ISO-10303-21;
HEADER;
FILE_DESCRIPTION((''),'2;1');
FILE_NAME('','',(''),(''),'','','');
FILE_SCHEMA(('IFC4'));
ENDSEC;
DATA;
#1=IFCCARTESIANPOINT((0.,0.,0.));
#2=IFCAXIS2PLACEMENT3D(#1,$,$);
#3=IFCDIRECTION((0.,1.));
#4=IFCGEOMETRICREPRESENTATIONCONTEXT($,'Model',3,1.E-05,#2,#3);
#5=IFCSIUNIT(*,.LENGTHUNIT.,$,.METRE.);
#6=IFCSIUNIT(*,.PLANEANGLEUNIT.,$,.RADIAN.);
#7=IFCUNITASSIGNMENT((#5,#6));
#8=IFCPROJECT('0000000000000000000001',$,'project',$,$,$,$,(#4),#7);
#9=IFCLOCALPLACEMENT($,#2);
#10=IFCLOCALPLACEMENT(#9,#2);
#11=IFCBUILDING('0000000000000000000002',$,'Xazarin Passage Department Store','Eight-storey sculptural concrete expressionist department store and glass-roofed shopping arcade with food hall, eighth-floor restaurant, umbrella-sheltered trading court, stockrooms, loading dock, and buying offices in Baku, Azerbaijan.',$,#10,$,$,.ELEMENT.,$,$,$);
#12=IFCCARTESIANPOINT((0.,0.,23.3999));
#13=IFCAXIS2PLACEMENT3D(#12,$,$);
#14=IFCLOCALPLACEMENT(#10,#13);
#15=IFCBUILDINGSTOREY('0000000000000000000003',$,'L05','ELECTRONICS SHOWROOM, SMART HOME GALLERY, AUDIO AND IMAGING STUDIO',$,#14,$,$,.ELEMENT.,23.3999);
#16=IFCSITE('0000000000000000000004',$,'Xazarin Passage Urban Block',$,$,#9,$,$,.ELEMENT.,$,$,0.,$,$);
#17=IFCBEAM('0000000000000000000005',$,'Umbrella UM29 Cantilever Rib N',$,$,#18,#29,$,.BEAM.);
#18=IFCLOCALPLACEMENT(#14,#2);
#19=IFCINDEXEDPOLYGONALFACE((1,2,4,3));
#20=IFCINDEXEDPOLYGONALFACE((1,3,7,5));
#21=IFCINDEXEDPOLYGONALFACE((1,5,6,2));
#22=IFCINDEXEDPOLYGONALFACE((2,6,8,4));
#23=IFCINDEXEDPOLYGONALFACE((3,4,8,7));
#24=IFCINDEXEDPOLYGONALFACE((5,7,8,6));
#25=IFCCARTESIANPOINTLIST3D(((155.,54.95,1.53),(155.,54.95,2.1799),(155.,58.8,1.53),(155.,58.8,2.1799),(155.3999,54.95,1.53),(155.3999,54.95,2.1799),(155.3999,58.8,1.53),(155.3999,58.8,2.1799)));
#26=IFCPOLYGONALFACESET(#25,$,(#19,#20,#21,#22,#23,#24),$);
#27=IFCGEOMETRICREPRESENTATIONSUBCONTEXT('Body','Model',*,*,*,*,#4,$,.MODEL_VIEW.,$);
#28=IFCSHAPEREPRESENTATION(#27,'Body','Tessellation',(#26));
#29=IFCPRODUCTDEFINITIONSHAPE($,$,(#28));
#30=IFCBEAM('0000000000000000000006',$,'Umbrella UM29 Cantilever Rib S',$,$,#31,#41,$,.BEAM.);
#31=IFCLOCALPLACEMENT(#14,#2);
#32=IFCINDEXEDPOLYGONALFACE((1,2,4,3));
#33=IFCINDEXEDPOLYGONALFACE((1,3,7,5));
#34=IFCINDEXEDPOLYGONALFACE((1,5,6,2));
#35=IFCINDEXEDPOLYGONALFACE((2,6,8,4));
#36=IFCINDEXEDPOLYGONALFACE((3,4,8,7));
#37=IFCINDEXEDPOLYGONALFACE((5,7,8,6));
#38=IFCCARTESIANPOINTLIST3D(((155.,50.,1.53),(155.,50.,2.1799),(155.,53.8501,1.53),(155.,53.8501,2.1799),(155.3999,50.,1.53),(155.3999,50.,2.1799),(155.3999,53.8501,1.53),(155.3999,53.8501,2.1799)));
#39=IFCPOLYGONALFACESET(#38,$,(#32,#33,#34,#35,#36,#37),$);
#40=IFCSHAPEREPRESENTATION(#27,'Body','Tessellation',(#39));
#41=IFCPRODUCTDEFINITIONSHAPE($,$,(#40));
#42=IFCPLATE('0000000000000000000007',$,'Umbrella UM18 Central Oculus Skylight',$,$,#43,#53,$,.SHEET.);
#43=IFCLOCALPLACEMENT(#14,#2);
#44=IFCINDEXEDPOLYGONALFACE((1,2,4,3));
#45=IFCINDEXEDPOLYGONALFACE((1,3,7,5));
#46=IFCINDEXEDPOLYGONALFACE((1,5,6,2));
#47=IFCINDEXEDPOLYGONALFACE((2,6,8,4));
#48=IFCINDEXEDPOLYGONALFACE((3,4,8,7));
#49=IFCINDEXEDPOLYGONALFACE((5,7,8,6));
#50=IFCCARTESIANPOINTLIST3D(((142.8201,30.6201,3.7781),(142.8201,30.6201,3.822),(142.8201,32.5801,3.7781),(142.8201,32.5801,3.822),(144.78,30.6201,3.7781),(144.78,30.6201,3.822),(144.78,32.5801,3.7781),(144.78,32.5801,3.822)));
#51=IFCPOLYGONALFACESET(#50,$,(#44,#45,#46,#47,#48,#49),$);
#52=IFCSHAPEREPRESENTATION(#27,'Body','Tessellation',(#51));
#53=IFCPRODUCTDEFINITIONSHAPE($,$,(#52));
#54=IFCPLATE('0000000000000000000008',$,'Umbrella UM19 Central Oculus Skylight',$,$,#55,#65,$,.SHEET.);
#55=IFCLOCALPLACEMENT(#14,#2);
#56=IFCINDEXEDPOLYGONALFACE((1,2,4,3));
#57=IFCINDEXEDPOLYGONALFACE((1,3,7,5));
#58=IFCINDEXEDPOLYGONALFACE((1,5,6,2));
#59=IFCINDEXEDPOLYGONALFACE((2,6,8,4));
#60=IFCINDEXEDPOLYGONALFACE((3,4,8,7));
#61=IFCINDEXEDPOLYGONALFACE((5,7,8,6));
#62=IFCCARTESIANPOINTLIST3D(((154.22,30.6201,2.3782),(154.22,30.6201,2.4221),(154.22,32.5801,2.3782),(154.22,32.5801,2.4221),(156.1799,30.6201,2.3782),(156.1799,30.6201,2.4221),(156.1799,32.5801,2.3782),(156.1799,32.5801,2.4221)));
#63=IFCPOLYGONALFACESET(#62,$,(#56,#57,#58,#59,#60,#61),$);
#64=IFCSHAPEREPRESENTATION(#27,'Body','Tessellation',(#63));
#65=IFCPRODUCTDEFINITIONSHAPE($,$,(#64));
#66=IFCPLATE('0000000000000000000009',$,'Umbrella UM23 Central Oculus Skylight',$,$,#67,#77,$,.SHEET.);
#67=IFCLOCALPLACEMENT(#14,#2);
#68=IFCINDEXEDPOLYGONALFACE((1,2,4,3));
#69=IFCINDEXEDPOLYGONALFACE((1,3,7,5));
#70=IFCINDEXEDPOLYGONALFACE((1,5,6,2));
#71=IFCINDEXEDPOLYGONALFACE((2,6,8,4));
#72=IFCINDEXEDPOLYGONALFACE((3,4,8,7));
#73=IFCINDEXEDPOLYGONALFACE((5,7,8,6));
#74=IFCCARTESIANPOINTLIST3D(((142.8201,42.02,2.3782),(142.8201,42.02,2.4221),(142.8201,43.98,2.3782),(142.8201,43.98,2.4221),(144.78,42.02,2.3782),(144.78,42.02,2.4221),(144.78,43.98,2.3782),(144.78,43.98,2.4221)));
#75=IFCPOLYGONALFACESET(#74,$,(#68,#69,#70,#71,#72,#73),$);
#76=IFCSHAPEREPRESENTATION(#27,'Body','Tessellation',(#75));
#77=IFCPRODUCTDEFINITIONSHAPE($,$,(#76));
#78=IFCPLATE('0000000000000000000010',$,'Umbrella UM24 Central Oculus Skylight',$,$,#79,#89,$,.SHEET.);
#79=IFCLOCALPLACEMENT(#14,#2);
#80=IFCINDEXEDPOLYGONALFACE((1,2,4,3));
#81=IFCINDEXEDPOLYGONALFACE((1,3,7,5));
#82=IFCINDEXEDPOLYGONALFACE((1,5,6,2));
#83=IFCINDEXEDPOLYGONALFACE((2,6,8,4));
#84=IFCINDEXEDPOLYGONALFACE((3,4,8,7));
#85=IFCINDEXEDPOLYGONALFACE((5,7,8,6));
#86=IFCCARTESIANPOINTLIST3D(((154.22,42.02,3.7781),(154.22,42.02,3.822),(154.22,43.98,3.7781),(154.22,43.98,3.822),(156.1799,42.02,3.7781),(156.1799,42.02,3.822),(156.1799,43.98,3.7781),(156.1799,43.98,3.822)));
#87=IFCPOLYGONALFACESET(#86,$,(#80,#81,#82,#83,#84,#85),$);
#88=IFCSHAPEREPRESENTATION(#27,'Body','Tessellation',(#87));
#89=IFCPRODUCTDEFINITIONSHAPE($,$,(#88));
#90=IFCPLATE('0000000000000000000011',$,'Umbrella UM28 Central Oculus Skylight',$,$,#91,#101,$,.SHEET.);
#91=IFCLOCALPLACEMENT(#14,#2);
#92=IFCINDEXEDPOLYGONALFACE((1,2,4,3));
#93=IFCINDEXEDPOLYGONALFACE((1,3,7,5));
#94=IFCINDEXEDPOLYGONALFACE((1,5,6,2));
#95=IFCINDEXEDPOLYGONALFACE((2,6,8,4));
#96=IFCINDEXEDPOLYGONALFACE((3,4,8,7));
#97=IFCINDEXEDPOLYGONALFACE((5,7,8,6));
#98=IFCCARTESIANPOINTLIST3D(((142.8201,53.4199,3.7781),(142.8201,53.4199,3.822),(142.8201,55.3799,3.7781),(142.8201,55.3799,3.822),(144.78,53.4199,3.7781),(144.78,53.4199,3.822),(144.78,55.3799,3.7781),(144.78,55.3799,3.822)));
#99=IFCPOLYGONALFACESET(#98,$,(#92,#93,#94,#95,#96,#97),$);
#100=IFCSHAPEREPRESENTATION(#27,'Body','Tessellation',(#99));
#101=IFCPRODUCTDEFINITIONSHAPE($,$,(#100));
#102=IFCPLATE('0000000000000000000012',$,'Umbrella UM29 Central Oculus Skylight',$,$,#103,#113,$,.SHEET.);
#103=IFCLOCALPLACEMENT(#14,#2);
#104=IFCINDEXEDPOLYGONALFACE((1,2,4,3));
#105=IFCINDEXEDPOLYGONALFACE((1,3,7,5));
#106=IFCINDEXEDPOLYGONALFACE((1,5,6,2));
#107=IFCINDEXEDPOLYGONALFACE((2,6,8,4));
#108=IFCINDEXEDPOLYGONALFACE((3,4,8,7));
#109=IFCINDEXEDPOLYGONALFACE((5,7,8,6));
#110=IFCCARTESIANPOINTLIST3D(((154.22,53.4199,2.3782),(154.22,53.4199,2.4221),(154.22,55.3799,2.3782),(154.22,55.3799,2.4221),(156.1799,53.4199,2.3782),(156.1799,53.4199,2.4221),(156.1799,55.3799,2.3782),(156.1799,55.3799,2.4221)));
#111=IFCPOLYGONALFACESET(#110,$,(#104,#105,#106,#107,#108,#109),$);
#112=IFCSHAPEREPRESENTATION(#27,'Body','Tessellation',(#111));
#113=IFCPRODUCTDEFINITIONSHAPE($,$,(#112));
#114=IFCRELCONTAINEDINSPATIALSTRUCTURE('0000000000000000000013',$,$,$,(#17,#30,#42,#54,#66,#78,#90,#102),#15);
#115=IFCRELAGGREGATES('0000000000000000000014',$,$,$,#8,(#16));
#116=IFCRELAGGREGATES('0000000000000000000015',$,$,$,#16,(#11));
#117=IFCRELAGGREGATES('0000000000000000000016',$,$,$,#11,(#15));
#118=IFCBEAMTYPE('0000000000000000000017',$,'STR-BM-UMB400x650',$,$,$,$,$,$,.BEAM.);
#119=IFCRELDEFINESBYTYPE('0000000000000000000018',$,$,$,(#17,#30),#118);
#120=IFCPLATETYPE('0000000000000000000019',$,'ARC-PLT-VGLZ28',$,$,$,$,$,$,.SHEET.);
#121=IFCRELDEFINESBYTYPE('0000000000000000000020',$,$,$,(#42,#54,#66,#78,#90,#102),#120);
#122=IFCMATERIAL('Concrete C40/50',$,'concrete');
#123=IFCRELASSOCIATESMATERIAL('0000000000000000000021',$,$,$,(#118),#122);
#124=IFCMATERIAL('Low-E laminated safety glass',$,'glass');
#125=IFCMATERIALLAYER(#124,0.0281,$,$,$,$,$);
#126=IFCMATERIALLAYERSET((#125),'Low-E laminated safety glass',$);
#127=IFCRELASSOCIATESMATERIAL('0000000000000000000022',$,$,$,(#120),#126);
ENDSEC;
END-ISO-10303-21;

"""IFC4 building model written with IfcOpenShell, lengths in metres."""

from ifc_helpers import new_model, si_unit, direction, frame, origin, origin_2d, place, context, subcontext, project, spatial, rectangle, extrude, material, layer, layer_set, material_profile, profile_set, type_object, element, save


model = new_model("IFC4")

# Units and contexts
model_context = context("Model", 3, precision=1e-05, world=origin(), true_north=direction((0.0, 1.0)))
body_context = subcontext(model_context, "Body", "Model", "MODEL_VIEW")
ifc_project = project(units=[si_unit("LENGTHUNIT", "METRE"), si_unit("PLANEANGLEUNIT", "RADIAN")], contexts=[model_context])

# Site, building, storey
site_placement = place(None, origin())
site = spatial("IfcSite", under=ifc_project, at=site_placement, Name="Xazarin Passage Urban Block", CompositionType="ELEMENT", RefElevation=0.0)
building_placement = place(site_placement, origin())
building = spatial("IfcBuilding", under=site, at=building_placement, Name="Xazarin Passage Department Store", Description="Eight-storey sculptural concrete expressionist department store and glass-roofed shopping arcade with food hall, eighth-floor restaurant, umbrella-sheltered trading court, stockrooms, loading dock, and buying offices in Baku, Azerbaijan.", CompositionType="ELEMENT")
storey_placement = place(building_placement, frame((0.0, 0.0, 23.3999)))
storey = spatial("IfcBuildingStorey", under=building, at=storey_placement, Name="L05", Description="ELECTRONICS SHOWROOM, SMART HOME GALLERY, AUDIO AND IMAGING STUDIO", CompositionType="ELEMENT", Elevation=23.3999)

# Beams
ifc_material_1 = material(Name="Concrete C40/50", Category="concrete")
ifc_material_profile = material_profile(ifc_material_1, rectangle(XDim=0.3999, YDim=0.6499, at=origin_2d()), Name="RC 400x650")
ifc_profile_set = profile_set([ifc_material_profile], Name="Concrete C40/50")
beam_type = type_object("IfcBeamType", Name="STR-BM-UMB400x650", PredefinedType="BEAM", material=ifc_profile_set)
for number, where, z_axis, x_axis, name in (
    (1, (155.2, 54.95, 1.855), (0.0, 1.0, 0.0), (-1.0, 0.0, 0.0), "Umbrella UM29 Cantilever Rib N"),
    (2, (155.2, 53.8501, 1.855), (0.0, -1.0, 0.0), (1.0, 0.0, 0.0), "Umbrella UM29 Cantilever Rib S"),
):
    element("IfcBeam", number, at=place(storey_placement, frame(where, z_axis=z_axis, x_axis=x_axis)), inside=storey, type_object=beam_type, Name=name, PredefinedType="BEAM", context=body_context, shape_type="SweptSolid", body=[
        extrude(rectangle(XDim=0.3999, YDim=0.6499, at=origin_2d()), origin(), (0.0, 0.0, 1.0), 3.8501),
    ])

# Plates
ifc_material_2 = material(Name="Low-E laminated safety glass", Category="glass")
ifc_layer = layer(ifc_material_2, 0.0281)
ifc_layer_set = layer_set([ifc_layer], Name="Low-E laminated safety glass")
plate_type = type_object("IfcPlateType", Name="ARC-PLT-VGLZ28", PredefinedType="SHEET", material=ifc_layer_set)
for number, where, z_axis, x_axis, name in (
    (3, (143.8, 31.6001, 3.7781), (0.0, 0.0, 1.0), (1.0, 0.0, 0.0), "Umbrella UM18 Central Oculus Skylight"),
    (4, (155.2, 31.6001, 2.3782), (0.0, 0.0, 1.0), (1.0, 0.0, 0.0), "Umbrella UM19 Central Oculus Skylight"),
    (5, (143.8, 43.0, 2.3782), (0.0, 0.0, 1.0), (1.0, 0.0, 0.0), "Umbrella UM23 Central Oculus Skylight"),
    (6, (155.2, 43.0, 3.7781), (0.0, 0.0, 1.0), (1.0, 0.0, 0.0), "Umbrella UM24 Central Oculus Skylight"),
    (7, (143.8, 54.3999, 3.7781), (0.0, 0.0, 1.0), (1.0, 0.0, 0.0), "Umbrella UM28 Central Oculus Skylight"),
    (8, (155.2, 54.3999, 2.3782), (0.0, 0.0, 1.0), (1.0, 0.0, 0.0), "Umbrella UM29 Central Oculus Skylight"),
):
    element("IfcPlate", number, at=place(storey_placement, frame(where, z_axis=z_axis, x_axis=x_axis)), inside=storey, type_object=plate_type, Name=name, PredefinedType="SHEET", context=body_context, shape_type="SweptSolid", body=[
        extrude(rectangle(XDim=1.96, YDim=1.96, at=origin_2d()), origin(), (0.0, 0.0, 1.0), 0.0439),
    ])

save(model, "model.ifc")
